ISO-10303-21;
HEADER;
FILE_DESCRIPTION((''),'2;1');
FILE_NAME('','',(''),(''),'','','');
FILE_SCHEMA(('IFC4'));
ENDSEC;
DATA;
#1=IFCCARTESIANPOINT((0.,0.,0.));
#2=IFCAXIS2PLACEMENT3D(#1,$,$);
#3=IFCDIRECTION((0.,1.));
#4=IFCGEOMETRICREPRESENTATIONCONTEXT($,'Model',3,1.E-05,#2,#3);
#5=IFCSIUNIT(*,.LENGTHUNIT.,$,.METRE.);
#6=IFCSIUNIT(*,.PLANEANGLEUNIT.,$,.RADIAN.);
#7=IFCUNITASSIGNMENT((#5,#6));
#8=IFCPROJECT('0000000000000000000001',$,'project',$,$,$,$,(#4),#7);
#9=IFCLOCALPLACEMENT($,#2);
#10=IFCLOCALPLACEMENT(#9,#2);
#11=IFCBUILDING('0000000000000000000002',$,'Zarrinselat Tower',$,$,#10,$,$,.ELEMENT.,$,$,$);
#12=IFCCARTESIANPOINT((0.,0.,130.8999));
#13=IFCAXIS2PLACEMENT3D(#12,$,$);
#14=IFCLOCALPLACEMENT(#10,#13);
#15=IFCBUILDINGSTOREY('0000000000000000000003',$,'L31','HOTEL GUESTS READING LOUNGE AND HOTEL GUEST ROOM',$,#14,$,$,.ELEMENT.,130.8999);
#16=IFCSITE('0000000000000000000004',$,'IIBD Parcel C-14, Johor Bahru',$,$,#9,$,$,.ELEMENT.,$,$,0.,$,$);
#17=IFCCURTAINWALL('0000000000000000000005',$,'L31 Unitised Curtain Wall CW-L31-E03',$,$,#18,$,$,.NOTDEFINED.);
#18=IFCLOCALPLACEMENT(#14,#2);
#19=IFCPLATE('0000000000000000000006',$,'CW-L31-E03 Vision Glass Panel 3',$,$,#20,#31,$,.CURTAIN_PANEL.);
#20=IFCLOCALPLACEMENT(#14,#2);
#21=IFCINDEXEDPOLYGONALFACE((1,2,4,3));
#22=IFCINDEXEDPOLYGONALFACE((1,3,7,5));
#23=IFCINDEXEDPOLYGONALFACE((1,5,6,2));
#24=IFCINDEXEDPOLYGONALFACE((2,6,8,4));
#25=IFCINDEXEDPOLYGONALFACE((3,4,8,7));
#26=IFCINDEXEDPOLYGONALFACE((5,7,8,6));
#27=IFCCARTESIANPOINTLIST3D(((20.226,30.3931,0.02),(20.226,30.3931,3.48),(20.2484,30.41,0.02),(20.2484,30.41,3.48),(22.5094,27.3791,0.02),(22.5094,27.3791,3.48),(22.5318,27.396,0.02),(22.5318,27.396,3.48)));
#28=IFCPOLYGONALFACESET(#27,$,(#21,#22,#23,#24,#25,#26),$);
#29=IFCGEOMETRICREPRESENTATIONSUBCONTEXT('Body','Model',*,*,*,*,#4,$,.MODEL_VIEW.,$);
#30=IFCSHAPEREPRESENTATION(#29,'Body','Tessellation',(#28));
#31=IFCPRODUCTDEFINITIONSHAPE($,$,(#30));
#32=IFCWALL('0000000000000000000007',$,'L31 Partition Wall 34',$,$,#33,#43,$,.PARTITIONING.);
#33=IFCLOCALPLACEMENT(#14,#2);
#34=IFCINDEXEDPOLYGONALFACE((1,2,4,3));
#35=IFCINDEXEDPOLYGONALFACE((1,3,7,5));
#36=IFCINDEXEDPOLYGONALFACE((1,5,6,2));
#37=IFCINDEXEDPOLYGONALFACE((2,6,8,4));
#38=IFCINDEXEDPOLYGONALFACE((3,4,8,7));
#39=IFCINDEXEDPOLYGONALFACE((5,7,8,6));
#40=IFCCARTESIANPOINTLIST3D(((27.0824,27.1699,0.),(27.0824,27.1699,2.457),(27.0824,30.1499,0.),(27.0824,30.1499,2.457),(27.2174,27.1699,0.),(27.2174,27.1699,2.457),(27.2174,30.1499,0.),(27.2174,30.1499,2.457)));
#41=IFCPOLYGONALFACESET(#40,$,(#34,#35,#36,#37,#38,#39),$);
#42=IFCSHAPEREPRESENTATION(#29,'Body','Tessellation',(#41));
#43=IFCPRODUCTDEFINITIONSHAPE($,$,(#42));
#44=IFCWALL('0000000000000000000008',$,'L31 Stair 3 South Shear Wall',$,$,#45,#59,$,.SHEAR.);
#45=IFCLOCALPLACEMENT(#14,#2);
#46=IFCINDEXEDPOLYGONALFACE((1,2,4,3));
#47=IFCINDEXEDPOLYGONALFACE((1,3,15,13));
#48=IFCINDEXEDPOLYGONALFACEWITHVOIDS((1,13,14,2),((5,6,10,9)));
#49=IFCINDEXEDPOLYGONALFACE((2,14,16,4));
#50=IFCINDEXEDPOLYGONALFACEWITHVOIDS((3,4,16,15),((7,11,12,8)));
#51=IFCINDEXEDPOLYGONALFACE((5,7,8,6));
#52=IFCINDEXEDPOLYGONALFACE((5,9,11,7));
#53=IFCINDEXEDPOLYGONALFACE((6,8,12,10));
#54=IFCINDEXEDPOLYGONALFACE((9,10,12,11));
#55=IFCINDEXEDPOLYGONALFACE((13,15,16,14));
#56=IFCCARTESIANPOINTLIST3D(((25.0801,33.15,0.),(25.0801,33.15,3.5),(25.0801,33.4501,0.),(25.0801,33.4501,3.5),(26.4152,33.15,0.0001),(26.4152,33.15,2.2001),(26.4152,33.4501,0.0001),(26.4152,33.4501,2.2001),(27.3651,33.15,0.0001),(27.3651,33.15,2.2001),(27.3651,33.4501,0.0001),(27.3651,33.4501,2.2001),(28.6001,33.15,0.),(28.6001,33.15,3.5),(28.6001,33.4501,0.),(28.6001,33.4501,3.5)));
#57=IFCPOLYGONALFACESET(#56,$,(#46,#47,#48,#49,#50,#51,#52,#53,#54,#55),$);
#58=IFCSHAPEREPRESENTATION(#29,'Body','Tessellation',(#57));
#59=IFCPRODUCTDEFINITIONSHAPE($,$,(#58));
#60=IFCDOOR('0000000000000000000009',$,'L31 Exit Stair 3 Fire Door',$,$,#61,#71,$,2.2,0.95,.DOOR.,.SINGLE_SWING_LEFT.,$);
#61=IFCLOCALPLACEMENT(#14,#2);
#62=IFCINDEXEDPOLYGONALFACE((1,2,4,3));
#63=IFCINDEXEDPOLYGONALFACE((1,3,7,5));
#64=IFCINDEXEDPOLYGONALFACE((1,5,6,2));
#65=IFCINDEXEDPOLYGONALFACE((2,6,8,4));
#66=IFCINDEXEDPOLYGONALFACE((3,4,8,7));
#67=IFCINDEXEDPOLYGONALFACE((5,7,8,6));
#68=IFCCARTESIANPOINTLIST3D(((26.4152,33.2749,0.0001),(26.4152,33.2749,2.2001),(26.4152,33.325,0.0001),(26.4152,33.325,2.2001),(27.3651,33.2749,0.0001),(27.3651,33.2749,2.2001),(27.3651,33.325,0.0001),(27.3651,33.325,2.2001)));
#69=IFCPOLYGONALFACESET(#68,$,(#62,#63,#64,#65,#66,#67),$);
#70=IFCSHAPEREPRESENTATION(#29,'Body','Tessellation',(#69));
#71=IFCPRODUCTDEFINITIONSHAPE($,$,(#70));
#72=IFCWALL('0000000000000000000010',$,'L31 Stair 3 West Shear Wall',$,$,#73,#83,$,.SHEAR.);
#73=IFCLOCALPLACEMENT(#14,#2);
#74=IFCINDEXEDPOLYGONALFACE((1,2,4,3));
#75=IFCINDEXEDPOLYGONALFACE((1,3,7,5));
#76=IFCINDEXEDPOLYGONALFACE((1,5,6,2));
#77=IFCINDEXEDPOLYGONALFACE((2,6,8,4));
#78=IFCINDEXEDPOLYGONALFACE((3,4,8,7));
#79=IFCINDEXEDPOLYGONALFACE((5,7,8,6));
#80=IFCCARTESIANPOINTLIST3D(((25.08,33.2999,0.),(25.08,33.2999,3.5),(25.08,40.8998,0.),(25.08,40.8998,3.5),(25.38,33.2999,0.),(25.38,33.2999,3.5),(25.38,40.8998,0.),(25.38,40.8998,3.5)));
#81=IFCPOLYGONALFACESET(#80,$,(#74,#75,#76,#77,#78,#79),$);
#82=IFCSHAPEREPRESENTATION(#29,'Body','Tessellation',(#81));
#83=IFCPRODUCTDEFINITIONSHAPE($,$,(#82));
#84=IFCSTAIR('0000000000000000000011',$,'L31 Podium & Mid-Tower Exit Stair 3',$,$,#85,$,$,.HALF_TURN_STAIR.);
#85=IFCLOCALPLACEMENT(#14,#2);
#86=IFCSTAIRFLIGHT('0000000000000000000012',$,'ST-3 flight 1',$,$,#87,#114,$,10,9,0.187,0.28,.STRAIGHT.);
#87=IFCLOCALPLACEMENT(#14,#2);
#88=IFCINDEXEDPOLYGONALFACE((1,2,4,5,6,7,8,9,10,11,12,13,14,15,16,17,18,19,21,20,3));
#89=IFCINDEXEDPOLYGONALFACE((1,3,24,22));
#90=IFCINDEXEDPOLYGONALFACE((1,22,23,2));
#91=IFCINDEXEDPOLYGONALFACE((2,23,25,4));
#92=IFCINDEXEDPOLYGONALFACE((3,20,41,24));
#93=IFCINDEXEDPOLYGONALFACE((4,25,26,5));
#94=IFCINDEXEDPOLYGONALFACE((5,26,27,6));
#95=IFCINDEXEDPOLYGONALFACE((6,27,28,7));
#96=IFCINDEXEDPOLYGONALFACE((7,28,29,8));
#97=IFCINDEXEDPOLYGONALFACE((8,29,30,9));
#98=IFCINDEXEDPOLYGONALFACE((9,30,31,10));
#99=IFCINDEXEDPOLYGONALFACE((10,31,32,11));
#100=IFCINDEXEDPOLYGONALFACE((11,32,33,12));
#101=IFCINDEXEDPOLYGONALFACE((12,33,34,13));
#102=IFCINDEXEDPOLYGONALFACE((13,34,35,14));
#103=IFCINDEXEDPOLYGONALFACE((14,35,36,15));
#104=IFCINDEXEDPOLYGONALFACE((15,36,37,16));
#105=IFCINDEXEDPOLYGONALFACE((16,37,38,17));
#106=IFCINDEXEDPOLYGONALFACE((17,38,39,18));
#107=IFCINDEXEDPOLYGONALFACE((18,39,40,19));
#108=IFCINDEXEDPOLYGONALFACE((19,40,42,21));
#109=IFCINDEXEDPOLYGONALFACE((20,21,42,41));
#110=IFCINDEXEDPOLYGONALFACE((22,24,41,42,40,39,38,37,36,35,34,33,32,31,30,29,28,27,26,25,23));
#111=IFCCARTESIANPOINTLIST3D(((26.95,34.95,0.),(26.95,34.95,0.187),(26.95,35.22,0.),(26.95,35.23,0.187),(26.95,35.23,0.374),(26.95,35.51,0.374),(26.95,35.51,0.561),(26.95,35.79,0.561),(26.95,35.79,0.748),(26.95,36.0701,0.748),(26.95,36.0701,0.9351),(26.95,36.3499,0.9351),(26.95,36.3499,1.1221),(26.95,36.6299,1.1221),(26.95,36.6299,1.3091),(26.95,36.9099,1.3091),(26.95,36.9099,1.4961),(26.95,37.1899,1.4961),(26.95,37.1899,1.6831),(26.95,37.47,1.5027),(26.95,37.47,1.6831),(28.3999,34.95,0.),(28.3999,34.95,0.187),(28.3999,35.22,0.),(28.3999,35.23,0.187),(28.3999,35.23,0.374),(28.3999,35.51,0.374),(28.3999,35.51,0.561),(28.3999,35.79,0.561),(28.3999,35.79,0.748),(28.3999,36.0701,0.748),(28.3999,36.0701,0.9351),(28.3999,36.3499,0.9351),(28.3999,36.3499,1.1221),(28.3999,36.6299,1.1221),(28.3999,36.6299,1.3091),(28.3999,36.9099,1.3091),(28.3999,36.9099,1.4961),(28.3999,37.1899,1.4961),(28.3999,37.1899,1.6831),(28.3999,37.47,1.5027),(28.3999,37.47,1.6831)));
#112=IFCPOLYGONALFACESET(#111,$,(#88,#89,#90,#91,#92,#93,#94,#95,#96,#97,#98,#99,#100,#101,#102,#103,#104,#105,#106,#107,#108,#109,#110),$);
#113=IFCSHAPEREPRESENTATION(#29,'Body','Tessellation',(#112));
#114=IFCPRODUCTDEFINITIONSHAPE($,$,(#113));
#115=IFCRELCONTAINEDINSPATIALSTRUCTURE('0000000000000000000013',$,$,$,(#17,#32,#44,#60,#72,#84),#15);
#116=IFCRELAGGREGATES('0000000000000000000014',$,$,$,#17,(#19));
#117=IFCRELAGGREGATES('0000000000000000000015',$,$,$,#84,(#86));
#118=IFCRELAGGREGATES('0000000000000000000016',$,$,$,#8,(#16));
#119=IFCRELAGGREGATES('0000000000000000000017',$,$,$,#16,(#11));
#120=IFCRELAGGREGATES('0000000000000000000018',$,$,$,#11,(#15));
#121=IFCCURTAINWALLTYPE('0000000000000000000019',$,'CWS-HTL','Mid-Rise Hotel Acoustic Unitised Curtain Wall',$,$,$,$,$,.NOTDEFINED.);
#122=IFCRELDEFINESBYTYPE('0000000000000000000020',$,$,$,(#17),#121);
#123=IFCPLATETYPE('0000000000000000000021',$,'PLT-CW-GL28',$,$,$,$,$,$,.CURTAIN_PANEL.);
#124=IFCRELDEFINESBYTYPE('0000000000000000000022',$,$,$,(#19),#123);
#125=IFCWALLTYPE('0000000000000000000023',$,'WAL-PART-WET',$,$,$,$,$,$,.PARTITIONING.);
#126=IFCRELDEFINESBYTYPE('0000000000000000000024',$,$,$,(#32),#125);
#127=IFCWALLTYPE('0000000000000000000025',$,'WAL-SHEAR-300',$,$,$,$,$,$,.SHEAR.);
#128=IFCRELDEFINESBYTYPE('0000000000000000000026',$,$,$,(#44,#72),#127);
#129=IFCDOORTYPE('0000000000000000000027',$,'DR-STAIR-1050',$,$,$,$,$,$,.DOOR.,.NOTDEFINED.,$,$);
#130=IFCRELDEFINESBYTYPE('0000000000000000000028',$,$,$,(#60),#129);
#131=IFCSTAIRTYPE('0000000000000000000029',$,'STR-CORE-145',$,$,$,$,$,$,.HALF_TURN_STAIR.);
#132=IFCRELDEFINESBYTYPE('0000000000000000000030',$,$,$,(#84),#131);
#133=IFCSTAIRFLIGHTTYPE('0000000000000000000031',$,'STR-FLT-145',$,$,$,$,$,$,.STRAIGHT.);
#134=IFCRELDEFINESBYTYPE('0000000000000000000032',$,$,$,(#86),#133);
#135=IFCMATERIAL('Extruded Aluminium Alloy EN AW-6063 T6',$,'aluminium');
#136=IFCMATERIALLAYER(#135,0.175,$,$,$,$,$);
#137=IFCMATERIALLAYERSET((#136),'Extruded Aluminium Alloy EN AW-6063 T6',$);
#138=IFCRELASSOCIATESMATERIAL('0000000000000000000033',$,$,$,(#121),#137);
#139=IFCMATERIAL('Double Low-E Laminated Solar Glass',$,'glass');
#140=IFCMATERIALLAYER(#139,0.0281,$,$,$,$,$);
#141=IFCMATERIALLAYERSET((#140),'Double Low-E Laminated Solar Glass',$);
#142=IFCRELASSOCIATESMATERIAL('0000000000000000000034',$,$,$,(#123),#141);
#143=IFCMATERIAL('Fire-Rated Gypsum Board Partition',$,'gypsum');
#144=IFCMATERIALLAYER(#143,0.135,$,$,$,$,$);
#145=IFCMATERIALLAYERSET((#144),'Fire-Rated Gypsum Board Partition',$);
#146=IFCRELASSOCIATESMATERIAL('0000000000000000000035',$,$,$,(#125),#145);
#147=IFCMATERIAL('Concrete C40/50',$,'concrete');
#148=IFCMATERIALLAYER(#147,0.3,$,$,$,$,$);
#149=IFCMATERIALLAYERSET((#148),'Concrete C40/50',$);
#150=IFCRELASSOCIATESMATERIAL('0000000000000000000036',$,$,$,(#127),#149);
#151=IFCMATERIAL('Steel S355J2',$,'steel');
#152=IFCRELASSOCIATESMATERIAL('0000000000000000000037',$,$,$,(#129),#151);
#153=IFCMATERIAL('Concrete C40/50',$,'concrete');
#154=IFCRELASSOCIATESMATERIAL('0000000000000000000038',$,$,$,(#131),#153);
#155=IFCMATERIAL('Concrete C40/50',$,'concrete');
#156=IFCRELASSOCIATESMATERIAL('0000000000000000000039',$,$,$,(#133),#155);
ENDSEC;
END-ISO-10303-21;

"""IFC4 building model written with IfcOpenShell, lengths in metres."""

from ifc_helpers import new_model, si_unit, direction, frame, frame_2d, origin, origin_2d, place, context, subcontext, project, spatial, polyline, rectangle, outline, extrude, material, layer, layer_set, type_object, element, fill, aggregate, save


model = new_model("IFC4")

# Units and contexts
model_context = context("Model", 3, precision=1e-05, world=origin(), true_north=direction((0.0, 1.0)))
body_context = subcontext(model_context, "Body", "Model", "MODEL_VIEW")
ifc_project = project(units=[si_unit("LENGTHUNIT", "METRE"), si_unit("PLANEANGLEUNIT", "RADIAN")], contexts=[model_context])

# Site, building, storey
site_placement = place(None, origin())
site = spatial("IfcSite", under=ifc_project, at=site_placement, Name="IIBD Parcel C-14, Johor Bahru", CompositionType="ELEMENT", RefElevation=0.0)
building_placement = place(site_placement, origin())
building = spatial("IfcBuilding", under=site, at=building_placement, Name="Zarrinselat Tower", CompositionType="ELEMENT")
storey_placement = place(building_placement, frame((0.0, 0.0, 130.8999)))
storey = spatial("IfcBuildingStorey", under=building, at=storey_placement, Name="L31", Description="HOTEL GUESTS READING LOUNGE AND HOTEL GUEST ROOM", CompositionType="ELEMENT", Elevation=130.8999)

# Curtain wall, plate
ifc_material_1 = material(Name="Extruded Aluminium Alloy EN AW-6063 T6", Category="aluminium")
ifc_layer_1 = layer(ifc_material_1, 0.175)
ifc_layer_set_1 = layer_set([ifc_layer_1], Name="Extruded Aluminium Alloy EN AW-6063 T6")
curtain_wall_type = type_object("IfcCurtainWallType", Name="CWS-HTL", Description="Mid-Rise Hotel Acoustic Unitised Curtain Wall", PredefinedType="NOTDEFINED", material=ifc_layer_set_1)
curtain_wall_placement = place(storey_placement, origin())
curtain_wall = element("IfcCurtainWall", 1, at=curtain_wall_placement, inside=storey, type_object=curtain_wall_type, Name="L31 Unitised Curtain Wall CW-L31-E03", PredefinedType="NOTDEFINED")
ifc_material_2 = material(Name="Double Low-E Laminated Solar Glass", Category="glass")
ifc_layer_2 = layer(ifc_material_2, 0.0281)
ifc_layer_set_2 = layer_set([ifc_layer_2], Name="Double Low-E Laminated Solar Glass")
plate_type = type_object("IfcPlateType", Name="PLT-CW-GL28", PredefinedType="CURTAIN_PANEL", material=ifc_layer_set_2)
plate_1_placement = place(storey_placement, frame((21.3789, 28.8945, 0.02), z_axis=(0.0, 0.0, 1.0), x_axis=(0.603858, -0.797092, 0.0)))
plate_1 = element("IfcPlate", 2, at=plate_1_placement, type_object=plate_type, Name="CW-L31-E03 Vision Glass Panel 3", PredefinedType="CURTAIN_PANEL", context=body_context, shape_type="SweptSolid", body=[
    extrude(rectangle(XDim=3.7812, YDim=0.0281, at=origin_2d()), origin(), (0.0, 0.0, 1.0), 3.46),
])
aggregate(curtain_wall, [plate_1])

# Wall
ifc_material_3 = material(Name="Fire-Rated Gypsum Board Partition", Category="gypsum")
ifc_layer_3 = layer(ifc_material_3, 0.135)
ifc_layer_set_3 = layer_set([ifc_layer_3], Name="Fire-Rated Gypsum Board Partition")
wall_type_1 = type_object("IfcWallType", Name="WAL-PART-WET", PredefinedType="PARTITIONING", material=ifc_layer_set_3)
wall_1_placement = place(storey_placement, frame((27.1499, 27.1699, 0.0), z_axis=(0.0, 0.0, 1.0), x_axis=(0.0, 1.0, 0.0)))
element("IfcWall", 3, at=wall_1_placement, inside=storey, type_object=wall_type_1, Name="L31 Partition Wall 34", PredefinedType="PARTITIONING", context=body_context, shape_type="SweptSolid", body=[
    extrude(rectangle(XDim=2.98, YDim=0.135, at=frame_2d((1.49, 0.0))), origin(), (0.0, 0.0, 1.0), 2.457),
])

# Wall, opening, door
ifc_material_4 = material(Name="Concrete C40/50", Category="concrete")
ifc_layer_4 = layer(ifc_material_4, 0.3)
ifc_layer_set_4 = layer_set([ifc_layer_4], Name="Concrete C40/50")
wall_type_2 = type_object("IfcWallType", Name="WAL-SHEAR-300", PredefinedType="SHEAR", material=ifc_layer_set_4)
wall_2_placement = place(storey_placement, frame((25.0801, 33.3, 0.0), z_axis=(0.0, 0.0, 1.0), x_axis=(1.0, 0.0, 0.0)))
wall_2 = element("IfcWall", 4, at=wall_2_placement, inside=storey, type_object=wall_type_2, Name="L31 Stair 3 South Shear Wall", PredefinedType="SHEAR", context=body_context, shape_type="SweptSolid", body=[
    extrude(rectangle(XDim=3.52, YDim=0.3, at=frame_2d((1.76, 0.0))), origin(), (0.0, 0.0, 1.0), 3.5),
])
opening_placement = place(wall_2_placement, frame((1.335, 0.0, 0.0)))
opening = element("IfcOpeningElement", 5, at=opening_placement, cuts=wall_2, PredefinedType="OPENING", context=body_context, shape_type="SweptSolid", body=[
    extrude(rectangle(XDim=0.95, YDim=2.2, at=frame_2d((0.4751, 1.1001))), frame((0.0, 0.1599, 0.0), z_axis=(0.0, -1.0, 0.0), x_axis=(1.0, 0.0, 0.0)), (0.0, 0.0, 1.0), 0.3201),
])
ifc_material_5 = material(Name="Steel S355J2", Category="steel")
door_type = type_object("IfcDoorType", Name="DR-STAIR-1050", OperationType="NOTDEFINED", PredefinedType="DOOR", material=ifc_material_5)
door_placement = place(opening_placement, origin())
door = element("IfcDoor", 6, at=door_placement, inside=storey, type_object=door_type, Name="L31 Exit Stair 3 Fire Door", OperationType="SINGLE_SWING_LEFT", OverallHeight=2.2, OverallWidth=0.95, PredefinedType="DOOR", context=body_context, shape_type="SweptSolid", body=[
    extrude(rectangle(XDim=0.95, YDim=2.2, at=frame_2d((0.4751, 1.1001))), frame((0.0, 0.0249, 0.0), z_axis=(0.0, -1.0, 0.0), x_axis=(1.0, 0.0, 0.0)), (0.0, 0.0, 1.0), 0.05),
])
fill(opening, door)

# Wall
wall_3_placement = place(storey_placement, frame((25.23, 33.3, 0.0), z_axis=(0.0, 0.0, 1.0), x_axis=(0.0, 1.0, 0.0)))
element("IfcWall", 7, at=wall_3_placement, inside=storey, type_object=wall_type_2, Name="L31 Stair 3 West Shear Wall", PredefinedType="SHEAR", context=body_context, shape_type="SweptSolid", body=[
    extrude(rectangle(XDim=7.5999, YDim=0.3, at=frame_2d((3.7998, 0.0))), origin(), (0.0, 0.0, 1.0), 3.5),
])

# Stair, stair flight
ifc_material_6 = material(Name="Concrete C40/50", Category="concrete")
stair_type = type_object("IfcStairType", Name="STR-CORE-145", PredefinedType="HALF_TURN_STAIR", material=ifc_material_6)
stair_placement = place(storey_placement, origin())
stair = element("IfcStair", 8, at=stair_placement, inside=storey, type_object=stair_type, Name="L31 Podium & Mid-Tower Exit Stair 3", PredefinedType="HALF_TURN_STAIR")
ifc_material_7 = material(Name="Concrete C40/50", Category="concrete")
stair_flight_type = type_object("IfcStairFlightType", Name="STR-FLT-145", PredefinedType="STRAIGHT", material=ifc_material_7)
stair_flight_placement = place(storey_placement, frame((27.675, 34.95, 0.0), z_axis=(0.0, 0.0, 1.0), x_axis=(0.0, 1.0, 0.0)))
stair_flight = element("IfcStairFlight", 9, at=stair_flight_placement, type_object=stair_flight_type, Name="ST-3 flight 1", NumberOfRisers=10, NumberOfTreads=9, PredefinedType="STRAIGHT", RiserHeight=0.187, TreadLength=0.28, context=body_context, shape_type="SweptSolid", body=[
    extrude(outline(polyline([(0.0, 0.0), (0.0, 0.187), (0.28, 0.187), (0.28, 0.374), (0.5601, 0.374), (0.5601, 0.561), (0.8401, 0.561), (0.8401, 0.748), (1.1201, 0.748), (1.1201, 0.9351), (1.3999, 0.9351), (1.3999, 1.1221), (1.6799, 1.1221), (1.6799, 1.3091), (1.96, 1.3091), (1.96, 1.4961), (2.24, 1.4961), (2.24, 1.6831), (2.52, 1.6831), (2.52, 1.8701), (2.52, 1.5027), (0.27, 0.0), (0.0, 0.0)])), frame((0.0, 0.7251, 0.0), z_axis=(0.0, -1.0, 0.0), x_axis=(1.0, 0.0, 0.0)), (0.0, 0.0, 1.0), 1.45),
])
aggregate(stair, [stair_flight])

save(model, "model.ifc")
